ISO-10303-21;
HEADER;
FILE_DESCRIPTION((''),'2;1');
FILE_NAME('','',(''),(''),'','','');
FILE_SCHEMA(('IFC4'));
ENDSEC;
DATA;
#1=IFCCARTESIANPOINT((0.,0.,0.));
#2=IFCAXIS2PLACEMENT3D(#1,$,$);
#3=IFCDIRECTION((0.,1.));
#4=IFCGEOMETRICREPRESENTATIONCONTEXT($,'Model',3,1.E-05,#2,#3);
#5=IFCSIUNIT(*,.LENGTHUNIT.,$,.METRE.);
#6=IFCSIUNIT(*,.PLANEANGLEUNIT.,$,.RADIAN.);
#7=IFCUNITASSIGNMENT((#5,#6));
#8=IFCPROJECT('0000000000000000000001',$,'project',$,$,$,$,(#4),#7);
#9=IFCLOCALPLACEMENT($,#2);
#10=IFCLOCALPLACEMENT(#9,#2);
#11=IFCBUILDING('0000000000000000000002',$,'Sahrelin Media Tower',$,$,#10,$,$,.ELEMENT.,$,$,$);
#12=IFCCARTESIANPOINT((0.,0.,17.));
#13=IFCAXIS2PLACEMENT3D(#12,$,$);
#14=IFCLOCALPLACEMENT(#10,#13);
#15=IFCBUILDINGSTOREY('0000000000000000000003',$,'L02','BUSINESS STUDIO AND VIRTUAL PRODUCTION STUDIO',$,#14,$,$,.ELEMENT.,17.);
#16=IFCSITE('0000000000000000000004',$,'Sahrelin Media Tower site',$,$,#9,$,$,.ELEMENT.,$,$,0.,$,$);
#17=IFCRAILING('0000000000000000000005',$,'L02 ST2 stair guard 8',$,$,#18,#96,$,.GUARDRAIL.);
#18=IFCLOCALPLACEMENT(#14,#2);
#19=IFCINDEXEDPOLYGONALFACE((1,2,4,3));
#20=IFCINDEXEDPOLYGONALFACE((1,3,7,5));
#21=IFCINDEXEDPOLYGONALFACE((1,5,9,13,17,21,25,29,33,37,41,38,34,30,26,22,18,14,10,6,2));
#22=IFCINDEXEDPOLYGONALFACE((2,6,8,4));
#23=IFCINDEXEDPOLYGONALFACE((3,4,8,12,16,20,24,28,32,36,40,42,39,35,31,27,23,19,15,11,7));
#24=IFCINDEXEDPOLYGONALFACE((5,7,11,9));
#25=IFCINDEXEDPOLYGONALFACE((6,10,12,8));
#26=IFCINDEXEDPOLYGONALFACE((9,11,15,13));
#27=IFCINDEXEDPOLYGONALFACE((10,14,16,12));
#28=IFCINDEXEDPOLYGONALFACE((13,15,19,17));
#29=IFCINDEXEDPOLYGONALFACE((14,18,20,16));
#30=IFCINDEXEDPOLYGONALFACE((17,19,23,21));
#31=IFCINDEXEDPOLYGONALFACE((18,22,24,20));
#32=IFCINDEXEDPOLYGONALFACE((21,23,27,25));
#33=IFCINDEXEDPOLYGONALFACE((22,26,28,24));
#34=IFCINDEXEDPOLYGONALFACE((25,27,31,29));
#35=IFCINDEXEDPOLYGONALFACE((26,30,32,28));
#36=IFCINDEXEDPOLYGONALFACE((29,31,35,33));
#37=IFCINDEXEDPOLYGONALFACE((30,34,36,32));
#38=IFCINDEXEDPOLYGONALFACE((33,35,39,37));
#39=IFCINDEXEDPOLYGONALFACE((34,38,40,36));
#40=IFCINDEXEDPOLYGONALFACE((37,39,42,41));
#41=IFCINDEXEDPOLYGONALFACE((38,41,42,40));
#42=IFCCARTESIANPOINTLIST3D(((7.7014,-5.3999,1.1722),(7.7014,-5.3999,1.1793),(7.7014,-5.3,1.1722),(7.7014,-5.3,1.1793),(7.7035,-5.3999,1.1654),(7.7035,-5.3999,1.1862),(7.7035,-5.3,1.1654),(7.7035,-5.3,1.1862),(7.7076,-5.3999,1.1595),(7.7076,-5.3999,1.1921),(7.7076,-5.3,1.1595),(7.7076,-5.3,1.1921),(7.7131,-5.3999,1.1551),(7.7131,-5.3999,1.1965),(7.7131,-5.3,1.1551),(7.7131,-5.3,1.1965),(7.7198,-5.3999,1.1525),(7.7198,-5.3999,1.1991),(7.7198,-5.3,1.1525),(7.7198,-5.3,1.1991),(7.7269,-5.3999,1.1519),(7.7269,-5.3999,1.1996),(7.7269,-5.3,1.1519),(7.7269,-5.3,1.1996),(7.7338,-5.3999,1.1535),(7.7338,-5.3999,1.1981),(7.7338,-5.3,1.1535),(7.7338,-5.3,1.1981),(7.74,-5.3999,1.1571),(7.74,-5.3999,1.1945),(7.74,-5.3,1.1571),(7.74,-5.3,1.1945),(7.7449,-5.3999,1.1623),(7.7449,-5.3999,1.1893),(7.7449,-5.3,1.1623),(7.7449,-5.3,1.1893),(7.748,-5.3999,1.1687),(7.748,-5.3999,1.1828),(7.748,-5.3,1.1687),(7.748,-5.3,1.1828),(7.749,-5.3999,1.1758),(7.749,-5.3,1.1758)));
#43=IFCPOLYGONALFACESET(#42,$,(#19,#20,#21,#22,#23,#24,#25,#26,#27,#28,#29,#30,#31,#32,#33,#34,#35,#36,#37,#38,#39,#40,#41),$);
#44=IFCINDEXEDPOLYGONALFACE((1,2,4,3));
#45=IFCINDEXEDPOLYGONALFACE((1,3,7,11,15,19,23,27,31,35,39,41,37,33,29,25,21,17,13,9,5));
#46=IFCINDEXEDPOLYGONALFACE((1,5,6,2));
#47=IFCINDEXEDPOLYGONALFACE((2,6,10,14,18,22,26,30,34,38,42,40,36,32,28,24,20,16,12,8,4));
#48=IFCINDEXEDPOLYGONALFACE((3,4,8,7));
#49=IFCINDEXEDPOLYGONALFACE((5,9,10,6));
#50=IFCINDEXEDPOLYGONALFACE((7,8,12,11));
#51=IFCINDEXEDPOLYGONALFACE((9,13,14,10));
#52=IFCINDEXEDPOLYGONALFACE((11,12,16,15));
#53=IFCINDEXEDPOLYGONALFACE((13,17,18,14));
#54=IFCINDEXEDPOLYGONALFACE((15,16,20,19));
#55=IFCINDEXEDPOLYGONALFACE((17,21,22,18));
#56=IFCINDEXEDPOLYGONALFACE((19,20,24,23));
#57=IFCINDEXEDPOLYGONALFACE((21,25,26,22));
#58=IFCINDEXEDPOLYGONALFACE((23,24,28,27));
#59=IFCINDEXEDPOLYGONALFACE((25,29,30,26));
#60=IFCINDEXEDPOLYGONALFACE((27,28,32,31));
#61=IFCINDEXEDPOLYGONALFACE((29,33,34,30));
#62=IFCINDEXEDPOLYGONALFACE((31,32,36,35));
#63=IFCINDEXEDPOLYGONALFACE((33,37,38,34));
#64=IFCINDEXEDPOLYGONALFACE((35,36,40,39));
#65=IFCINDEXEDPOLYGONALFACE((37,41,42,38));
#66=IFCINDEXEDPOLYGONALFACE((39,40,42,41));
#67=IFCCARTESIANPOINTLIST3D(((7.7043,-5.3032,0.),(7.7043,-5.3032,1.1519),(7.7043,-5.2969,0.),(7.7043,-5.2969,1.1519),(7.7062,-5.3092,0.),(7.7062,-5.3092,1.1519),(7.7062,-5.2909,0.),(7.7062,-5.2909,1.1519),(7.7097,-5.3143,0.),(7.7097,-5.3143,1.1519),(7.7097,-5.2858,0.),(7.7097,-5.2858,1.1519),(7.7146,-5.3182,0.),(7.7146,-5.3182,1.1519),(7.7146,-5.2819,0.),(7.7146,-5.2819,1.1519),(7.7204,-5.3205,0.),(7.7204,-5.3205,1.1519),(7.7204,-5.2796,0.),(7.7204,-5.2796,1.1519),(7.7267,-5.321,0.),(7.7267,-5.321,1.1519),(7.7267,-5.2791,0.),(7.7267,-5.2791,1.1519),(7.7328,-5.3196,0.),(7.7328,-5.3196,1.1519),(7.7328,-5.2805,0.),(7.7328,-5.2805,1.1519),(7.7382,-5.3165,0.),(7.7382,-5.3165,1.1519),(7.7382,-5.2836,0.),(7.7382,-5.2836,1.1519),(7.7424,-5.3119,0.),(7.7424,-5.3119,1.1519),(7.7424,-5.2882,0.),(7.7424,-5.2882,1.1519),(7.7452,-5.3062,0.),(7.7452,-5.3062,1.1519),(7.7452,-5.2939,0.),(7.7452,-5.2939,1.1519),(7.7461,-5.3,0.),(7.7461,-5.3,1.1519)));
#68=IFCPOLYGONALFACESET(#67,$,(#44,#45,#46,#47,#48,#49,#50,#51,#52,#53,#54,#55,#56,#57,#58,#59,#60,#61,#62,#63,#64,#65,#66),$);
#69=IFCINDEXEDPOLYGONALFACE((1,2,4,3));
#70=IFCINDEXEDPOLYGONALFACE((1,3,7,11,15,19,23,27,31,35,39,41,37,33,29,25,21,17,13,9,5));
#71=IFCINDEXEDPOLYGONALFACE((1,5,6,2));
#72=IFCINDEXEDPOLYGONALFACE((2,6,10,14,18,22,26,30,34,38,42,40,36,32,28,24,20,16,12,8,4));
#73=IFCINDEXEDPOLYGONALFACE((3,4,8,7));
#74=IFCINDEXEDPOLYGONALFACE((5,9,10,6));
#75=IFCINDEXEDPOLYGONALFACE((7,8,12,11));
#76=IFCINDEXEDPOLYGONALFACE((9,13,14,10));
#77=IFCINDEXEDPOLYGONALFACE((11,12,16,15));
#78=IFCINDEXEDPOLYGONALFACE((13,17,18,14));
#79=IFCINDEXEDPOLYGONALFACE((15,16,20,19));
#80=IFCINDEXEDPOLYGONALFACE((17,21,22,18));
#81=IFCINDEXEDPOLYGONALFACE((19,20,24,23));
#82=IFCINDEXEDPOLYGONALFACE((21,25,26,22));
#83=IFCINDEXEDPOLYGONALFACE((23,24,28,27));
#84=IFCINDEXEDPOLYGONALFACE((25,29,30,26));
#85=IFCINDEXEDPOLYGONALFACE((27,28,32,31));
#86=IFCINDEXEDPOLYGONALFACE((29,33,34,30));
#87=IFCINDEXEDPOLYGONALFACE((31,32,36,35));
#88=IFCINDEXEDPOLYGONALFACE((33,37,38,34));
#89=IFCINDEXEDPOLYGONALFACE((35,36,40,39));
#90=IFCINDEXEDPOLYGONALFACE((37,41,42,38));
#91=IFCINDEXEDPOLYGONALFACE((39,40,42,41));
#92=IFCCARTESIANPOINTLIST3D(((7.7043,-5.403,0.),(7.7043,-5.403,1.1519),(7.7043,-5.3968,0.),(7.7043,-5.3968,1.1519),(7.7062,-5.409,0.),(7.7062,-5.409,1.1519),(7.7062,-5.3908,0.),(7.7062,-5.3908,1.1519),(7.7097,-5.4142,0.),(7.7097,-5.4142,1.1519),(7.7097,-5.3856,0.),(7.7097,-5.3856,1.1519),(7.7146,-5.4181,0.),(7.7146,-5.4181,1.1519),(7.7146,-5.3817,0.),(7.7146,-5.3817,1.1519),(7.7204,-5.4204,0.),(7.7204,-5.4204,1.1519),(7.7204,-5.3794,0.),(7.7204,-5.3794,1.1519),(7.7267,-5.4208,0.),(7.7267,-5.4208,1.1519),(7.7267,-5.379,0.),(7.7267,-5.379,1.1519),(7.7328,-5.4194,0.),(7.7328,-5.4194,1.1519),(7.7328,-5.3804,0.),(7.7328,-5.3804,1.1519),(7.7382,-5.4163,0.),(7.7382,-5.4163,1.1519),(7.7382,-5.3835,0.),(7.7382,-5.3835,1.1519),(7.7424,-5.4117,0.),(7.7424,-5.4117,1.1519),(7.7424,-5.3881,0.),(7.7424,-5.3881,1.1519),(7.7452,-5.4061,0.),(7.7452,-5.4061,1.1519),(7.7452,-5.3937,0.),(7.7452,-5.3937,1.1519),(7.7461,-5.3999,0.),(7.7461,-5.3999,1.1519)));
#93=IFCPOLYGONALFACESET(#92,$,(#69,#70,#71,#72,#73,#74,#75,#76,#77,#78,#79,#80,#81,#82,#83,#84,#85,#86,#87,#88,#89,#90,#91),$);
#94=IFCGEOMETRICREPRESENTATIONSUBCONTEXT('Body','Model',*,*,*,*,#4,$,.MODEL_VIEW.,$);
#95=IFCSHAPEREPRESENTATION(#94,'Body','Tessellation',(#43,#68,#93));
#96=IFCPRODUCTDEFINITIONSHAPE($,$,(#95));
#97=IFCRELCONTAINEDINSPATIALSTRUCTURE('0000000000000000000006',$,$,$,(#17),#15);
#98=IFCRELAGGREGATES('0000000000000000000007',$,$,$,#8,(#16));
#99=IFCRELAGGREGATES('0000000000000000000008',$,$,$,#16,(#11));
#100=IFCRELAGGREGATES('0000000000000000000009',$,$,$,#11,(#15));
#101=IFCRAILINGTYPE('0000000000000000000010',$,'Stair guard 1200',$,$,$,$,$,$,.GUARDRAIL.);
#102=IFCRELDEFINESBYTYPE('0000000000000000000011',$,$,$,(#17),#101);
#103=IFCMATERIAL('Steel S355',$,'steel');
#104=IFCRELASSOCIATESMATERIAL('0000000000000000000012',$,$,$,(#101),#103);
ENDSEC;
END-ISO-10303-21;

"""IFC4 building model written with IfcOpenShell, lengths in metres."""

from ifc_helpers import new_model, si_unit, direction, frame, origin, origin_2d, place, context, subcontext, project, spatial, circle, extrude, material, type_object, element, save


model = new_model("IFC4")

# Units and contexts
model_context = context("Model", 3, precision=1e-05, world=origin(), true_north=direction((0.0, 1.0)))
body_context = subcontext(model_context, "Body", "Model", "MODEL_VIEW")
ifc_project = project(units=[si_unit("LENGTHUNIT", "METRE"), si_unit("PLANEANGLEUNIT", "RADIAN")], contexts=[model_context])

# Site, building, storey
site_placement = place(None, origin())
site = spatial("IfcSite", under=ifc_project, at=site_placement, Name="Sahrelin Media Tower site", CompositionType="ELEMENT", RefElevation=0.0)
building_placement = place(site_placement, origin())
building = spatial("IfcBuilding", under=site, at=building_placement, Name="Sahrelin Media Tower", CompositionType="ELEMENT")
storey_placement = place(building_placement, frame((0.0, 0.0, 17.0)))
storey = spatial("IfcBuildingStorey", under=building, at=storey_placement, Name="L02", Description="BUSINESS STUDIO AND VIRTUAL PRODUCTION STUDIO", CompositionType="ELEMENT", Elevation=17.0)

# Railing
ifc_material_1 = material(Name="Steel S355", Category="steel")
railing_type_1 = type_object("IfcRailingType", Name="Stair guard 1200", PredefinedType="GUARDRAIL", material=ifc_material_1)
railing_1_placement = place(storey_placement, frame((7.7251, -5.3, 0.0)))
element("IfcRailing", 1, at=railing_1_placement, inside=storey, type_object=railing_type_1, Name="L02 ST2 stair guard 8", PredefinedType="GUARDRAIL", context=body_context, shape_type="SweptSolid", body=[
    extrude(circle(Radius=0.0239, at=origin_2d()), frame((0.0, 0.0, 1.1758), z_axis=(0.0, -1.0, 0.0), x_axis=(1.0, 0.0, 0.0)), (0.0, 0.0, 1.0), 0.0999),
    extrude(circle(Radius=0.021, at=origin_2d()), origin(), (0.0, 0.0, 1.0), 1.1519),
    extrude(circle(Radius=0.021, at=origin_2d()), frame((0.0, -0.0999, 0.0)), (0.0, 0.0, 1.0), 1.1519),
])

save(model, "model.ifc")
